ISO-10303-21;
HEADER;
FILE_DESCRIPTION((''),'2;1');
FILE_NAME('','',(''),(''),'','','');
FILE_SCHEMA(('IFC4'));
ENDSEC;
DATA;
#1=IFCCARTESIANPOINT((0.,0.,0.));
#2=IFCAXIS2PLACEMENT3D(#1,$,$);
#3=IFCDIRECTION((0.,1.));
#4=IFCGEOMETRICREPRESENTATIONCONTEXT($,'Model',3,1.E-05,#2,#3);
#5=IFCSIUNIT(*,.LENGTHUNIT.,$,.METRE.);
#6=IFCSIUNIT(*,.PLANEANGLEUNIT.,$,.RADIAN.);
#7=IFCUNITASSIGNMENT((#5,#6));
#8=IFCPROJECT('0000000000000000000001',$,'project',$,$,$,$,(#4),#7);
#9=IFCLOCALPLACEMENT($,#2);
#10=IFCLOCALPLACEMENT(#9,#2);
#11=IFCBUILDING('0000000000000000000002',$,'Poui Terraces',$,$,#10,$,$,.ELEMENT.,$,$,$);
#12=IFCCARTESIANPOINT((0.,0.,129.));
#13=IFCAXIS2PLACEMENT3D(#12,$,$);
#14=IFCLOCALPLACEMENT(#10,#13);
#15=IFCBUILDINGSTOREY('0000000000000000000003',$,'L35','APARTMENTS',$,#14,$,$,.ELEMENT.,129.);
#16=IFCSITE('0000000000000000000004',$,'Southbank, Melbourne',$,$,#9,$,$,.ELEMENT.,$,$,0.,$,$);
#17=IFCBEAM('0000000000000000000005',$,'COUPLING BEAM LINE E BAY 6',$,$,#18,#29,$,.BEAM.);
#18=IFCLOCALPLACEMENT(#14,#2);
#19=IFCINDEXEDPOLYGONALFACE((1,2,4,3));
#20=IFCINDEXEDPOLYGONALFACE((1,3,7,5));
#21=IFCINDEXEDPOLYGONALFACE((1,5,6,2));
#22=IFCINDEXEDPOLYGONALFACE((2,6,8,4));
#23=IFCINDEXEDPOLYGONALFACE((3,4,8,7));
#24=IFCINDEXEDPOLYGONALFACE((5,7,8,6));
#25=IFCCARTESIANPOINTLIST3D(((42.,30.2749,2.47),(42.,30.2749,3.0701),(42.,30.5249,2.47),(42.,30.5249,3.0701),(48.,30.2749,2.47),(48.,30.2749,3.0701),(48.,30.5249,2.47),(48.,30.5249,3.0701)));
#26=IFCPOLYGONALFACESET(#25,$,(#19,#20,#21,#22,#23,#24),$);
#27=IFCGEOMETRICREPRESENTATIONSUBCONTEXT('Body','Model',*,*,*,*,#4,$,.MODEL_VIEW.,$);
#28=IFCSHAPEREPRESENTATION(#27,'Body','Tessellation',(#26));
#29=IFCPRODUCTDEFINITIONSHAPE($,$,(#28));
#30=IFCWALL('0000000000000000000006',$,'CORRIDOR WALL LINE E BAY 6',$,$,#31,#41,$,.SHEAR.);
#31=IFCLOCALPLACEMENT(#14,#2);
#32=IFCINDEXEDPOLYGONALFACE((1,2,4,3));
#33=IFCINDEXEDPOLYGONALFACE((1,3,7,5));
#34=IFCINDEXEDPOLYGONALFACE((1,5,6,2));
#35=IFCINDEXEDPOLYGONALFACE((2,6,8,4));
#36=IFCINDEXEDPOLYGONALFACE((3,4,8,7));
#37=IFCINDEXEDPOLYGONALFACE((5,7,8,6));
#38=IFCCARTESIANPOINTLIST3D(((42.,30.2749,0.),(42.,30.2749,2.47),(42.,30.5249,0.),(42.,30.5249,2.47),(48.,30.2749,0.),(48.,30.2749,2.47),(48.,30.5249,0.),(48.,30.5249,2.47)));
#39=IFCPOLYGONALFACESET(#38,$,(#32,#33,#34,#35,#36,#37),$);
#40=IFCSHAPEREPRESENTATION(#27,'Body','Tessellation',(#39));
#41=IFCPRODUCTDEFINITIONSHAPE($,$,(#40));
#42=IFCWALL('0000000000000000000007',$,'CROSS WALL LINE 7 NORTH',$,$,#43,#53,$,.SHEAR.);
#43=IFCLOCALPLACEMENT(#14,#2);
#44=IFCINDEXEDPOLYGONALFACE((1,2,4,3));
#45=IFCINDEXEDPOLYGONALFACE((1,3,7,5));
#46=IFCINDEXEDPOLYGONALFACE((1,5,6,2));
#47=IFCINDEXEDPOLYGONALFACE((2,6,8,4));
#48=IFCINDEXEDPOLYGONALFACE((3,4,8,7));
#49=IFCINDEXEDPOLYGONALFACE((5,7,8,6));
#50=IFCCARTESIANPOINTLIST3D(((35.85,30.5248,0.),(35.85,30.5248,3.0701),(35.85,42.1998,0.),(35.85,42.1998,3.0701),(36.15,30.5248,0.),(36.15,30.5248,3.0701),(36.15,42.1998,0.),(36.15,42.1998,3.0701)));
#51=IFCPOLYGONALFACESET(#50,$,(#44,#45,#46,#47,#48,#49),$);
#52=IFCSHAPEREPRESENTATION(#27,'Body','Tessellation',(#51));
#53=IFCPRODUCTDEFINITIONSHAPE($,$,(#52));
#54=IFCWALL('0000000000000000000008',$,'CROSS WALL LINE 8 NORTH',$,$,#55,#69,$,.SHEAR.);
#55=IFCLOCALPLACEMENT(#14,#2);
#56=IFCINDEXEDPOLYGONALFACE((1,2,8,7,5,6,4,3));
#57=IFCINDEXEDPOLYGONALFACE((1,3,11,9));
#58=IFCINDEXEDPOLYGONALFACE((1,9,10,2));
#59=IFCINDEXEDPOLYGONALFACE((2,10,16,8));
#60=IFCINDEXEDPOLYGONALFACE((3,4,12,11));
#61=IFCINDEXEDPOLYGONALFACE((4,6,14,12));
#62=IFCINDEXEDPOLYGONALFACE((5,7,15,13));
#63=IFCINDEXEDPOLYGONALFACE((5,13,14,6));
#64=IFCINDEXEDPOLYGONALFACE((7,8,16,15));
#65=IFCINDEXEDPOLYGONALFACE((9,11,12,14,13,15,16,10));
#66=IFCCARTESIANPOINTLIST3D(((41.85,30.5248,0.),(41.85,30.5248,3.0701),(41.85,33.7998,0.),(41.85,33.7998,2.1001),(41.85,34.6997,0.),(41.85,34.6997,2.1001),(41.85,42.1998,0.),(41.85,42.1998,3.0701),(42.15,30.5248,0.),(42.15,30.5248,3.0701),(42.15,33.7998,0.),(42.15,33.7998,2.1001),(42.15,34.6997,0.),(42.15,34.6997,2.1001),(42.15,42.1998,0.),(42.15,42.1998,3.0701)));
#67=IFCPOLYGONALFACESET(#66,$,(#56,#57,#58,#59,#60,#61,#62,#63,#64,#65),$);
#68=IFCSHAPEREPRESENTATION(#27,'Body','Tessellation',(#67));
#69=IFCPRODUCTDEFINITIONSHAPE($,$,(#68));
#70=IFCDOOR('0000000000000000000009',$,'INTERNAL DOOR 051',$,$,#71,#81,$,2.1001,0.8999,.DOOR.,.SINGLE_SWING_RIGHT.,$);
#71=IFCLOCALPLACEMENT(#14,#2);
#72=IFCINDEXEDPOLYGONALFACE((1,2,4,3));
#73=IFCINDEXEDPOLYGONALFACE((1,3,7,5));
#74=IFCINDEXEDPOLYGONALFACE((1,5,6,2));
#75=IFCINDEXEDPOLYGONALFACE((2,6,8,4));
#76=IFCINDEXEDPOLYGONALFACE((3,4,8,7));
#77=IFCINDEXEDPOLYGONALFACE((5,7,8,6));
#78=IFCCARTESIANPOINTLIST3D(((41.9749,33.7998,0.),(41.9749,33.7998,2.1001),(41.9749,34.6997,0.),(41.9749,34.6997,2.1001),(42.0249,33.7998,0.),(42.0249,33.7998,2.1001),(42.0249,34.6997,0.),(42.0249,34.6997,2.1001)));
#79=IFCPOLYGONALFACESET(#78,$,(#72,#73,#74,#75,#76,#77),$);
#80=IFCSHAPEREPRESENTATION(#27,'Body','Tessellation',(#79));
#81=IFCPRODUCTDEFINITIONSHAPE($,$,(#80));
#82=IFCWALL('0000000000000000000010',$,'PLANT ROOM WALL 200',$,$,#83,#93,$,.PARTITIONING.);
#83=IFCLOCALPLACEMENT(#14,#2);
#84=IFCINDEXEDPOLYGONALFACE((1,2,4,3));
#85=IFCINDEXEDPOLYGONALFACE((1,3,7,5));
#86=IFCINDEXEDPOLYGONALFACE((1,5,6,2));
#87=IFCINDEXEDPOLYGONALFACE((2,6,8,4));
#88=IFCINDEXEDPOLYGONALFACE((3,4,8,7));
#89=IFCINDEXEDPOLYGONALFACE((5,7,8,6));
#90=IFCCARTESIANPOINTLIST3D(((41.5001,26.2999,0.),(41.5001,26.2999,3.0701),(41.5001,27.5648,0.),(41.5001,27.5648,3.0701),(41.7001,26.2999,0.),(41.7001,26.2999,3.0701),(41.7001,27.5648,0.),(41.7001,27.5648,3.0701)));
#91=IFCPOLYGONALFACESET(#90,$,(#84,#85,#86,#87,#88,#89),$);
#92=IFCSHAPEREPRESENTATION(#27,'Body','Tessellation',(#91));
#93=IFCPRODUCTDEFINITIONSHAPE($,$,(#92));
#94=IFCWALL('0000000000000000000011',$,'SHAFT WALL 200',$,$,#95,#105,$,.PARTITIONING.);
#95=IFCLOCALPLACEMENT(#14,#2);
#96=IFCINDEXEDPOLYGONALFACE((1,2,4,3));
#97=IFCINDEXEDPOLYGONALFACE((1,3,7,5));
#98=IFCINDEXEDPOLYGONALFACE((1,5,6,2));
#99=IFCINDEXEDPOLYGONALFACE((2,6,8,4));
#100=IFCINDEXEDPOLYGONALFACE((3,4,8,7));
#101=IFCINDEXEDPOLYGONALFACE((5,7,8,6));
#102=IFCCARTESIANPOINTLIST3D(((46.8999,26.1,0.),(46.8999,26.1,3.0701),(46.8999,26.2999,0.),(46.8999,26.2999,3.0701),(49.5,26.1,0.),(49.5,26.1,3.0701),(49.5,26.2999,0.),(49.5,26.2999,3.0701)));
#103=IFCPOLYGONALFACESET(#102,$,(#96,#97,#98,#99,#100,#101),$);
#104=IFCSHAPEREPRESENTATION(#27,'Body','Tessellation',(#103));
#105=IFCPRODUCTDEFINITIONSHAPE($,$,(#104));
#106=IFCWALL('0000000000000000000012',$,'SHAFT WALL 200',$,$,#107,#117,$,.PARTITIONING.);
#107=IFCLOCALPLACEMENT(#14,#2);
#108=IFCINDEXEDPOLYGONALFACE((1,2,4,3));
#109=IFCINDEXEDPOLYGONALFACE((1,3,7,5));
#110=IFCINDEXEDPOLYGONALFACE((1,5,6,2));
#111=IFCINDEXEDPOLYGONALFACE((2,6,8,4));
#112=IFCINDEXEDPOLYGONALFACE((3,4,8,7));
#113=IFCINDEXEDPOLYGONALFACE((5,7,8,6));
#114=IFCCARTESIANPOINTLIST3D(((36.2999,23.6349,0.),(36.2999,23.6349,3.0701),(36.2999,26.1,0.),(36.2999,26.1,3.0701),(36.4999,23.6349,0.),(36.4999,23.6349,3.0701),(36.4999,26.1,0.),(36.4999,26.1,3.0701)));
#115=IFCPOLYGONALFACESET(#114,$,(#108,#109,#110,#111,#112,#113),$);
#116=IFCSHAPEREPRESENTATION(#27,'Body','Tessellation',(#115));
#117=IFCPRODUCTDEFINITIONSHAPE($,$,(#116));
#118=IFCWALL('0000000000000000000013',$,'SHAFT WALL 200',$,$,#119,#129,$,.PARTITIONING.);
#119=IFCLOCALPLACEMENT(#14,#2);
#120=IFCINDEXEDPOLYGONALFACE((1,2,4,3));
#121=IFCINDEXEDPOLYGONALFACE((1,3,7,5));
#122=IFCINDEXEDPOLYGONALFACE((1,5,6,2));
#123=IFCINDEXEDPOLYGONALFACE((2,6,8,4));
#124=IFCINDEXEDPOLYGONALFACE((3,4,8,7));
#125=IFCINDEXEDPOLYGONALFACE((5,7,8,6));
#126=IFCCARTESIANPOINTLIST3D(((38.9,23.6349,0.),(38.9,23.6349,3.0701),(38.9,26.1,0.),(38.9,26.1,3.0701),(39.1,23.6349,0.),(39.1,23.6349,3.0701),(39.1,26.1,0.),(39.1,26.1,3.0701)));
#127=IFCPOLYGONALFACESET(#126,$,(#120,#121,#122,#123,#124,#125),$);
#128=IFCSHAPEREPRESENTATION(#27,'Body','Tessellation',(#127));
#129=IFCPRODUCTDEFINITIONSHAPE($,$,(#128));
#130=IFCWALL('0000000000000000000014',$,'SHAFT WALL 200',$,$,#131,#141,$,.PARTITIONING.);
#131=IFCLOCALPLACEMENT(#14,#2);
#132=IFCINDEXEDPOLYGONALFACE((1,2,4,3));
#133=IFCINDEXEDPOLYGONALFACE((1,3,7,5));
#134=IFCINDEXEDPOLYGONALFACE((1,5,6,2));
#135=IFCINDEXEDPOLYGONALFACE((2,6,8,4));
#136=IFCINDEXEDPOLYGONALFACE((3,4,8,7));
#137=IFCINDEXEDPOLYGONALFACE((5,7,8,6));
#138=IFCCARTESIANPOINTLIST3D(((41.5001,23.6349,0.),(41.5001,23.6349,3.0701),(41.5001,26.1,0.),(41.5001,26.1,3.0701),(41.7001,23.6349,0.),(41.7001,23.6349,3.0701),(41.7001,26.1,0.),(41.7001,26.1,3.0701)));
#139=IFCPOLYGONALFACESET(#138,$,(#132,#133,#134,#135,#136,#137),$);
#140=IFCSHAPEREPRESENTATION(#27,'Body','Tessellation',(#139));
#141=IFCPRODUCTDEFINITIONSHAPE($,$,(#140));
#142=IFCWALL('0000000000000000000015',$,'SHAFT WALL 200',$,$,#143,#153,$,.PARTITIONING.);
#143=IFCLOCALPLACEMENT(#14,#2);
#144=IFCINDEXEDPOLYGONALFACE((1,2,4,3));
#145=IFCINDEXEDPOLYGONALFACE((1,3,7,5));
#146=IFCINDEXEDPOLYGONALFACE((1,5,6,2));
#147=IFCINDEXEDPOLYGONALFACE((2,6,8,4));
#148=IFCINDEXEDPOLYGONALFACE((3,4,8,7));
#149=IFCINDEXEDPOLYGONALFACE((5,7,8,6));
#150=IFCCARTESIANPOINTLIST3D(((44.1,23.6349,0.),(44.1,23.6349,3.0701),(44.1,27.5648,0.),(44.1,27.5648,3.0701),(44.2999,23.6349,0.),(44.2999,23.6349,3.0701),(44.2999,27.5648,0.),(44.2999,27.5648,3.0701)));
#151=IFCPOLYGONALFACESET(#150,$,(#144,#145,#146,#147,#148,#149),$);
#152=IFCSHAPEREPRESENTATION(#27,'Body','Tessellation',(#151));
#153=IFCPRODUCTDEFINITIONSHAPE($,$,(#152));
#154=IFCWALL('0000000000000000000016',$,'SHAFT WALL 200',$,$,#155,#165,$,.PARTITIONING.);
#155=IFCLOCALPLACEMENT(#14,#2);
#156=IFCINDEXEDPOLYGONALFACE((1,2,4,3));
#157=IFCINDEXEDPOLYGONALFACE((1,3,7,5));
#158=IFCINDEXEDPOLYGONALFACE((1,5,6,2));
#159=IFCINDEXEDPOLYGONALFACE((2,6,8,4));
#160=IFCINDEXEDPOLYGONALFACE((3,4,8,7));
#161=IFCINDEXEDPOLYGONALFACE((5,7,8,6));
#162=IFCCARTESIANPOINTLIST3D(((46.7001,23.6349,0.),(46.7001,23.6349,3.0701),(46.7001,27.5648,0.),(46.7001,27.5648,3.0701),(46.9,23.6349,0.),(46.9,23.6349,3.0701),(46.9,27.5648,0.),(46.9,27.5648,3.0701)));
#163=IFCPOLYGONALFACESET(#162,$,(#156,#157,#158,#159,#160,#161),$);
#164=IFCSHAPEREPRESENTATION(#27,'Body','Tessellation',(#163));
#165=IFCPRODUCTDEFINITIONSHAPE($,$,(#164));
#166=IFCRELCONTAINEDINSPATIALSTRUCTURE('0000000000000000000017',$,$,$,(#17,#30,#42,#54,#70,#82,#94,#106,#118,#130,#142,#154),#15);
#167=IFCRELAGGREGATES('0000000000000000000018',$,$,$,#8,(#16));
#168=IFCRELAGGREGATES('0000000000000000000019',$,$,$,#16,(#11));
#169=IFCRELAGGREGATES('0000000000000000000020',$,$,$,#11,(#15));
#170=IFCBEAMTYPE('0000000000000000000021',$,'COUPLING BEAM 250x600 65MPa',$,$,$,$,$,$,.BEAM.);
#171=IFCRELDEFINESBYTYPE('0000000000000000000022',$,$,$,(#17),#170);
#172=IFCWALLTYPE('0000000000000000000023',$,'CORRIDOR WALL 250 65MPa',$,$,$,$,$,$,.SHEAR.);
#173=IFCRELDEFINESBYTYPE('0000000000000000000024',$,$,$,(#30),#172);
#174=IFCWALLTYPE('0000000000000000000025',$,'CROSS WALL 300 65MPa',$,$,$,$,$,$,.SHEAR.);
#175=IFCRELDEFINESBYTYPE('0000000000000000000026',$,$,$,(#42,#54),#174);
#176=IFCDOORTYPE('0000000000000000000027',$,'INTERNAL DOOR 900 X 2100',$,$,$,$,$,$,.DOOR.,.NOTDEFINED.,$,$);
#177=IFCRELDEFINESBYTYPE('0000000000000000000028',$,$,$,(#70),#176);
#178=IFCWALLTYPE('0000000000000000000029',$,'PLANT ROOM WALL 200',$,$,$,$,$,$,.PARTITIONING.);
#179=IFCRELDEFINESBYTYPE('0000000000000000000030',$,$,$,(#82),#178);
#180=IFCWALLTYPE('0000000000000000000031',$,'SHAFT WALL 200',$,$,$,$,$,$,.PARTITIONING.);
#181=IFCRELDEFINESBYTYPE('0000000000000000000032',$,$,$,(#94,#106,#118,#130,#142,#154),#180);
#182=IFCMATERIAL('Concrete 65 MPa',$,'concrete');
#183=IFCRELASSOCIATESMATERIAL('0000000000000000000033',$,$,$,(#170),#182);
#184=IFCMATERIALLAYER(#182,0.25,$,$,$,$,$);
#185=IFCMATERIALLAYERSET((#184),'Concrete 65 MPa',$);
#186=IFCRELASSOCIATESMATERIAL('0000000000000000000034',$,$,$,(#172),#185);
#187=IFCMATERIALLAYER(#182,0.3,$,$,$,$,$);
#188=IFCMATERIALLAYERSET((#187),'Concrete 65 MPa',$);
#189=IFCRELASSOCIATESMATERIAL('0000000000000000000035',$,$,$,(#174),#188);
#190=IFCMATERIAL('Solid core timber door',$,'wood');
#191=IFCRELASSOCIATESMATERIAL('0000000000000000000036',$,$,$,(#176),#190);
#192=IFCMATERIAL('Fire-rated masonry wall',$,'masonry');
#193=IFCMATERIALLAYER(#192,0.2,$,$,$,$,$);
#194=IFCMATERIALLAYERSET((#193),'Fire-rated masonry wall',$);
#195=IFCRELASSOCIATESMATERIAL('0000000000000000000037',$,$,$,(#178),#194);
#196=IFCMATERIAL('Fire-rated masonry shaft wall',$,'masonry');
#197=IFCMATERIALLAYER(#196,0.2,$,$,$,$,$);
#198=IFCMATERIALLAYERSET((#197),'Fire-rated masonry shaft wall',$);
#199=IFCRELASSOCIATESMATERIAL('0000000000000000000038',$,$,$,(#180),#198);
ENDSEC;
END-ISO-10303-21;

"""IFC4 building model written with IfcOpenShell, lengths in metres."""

from ifc_helpers import new_model, si_unit, direction, frame, frame_2d, origin, origin_2d, place, context, subcontext, project, spatial, rectangle, extrude, source, transform, mapped, material, layer, layer_set, material_profile, profile_set, type_object, element, fill, save


model = new_model("IFC4")

# Units and contexts
model_context = context("Model", 3, precision=1e-05, world=origin(), true_north=direction((0.0, 1.0)))
body_context = subcontext(model_context, "Body", "Model", "MODEL_VIEW")
ifc_project = project(units=[si_unit("LENGTHUNIT", "METRE"), si_unit("PLANEANGLEUNIT", "RADIAN")], contexts=[model_context])

# Site, building, storey
site_placement = place(None, origin())
site = spatial("IfcSite", under=ifc_project, at=site_placement, Name="Southbank, Melbourne", CompositionType="ELEMENT", RefElevation=0.0)
building_placement = place(site_placement, origin())
building = spatial("IfcBuilding", under=site, at=building_placement, Name="Poui Terraces", CompositionType="ELEMENT")
storey_placement = place(building_placement, frame((0.0, 0.0, 129.0)))
storey = spatial("IfcBuildingStorey", under=building, at=storey_placement, Name="L35", Description="APARTMENTS", CompositionType="ELEMENT", Elevation=129.0)

# Beam
ifc_material_1 = material(Name="Concrete 65 MPa", Category="concrete")
ifc_material_profile = material_profile(ifc_material_1, rectangle(XDim=0.25, YDim=0.6001, at=origin_2d()), Name="RC 250x600")
ifc_profile_set = profile_set([ifc_material_profile], Name="Concrete 65 MPa")
beam_type = type_object("IfcBeamType", Name="COUPLING BEAM 250x600 65MPa", PredefinedType="BEAM", material=ifc_profile_set)
shared_shape = source(origin(), body_context, "Body", "SweptSolid", [
    extrude(rectangle(XDim=0.25, YDim=0.6001, at=origin_2d()), origin(), (0.0, 0.0, 1.0), 6.0),
])
beam_placement = place(storey_placement, frame((42.0, 30.3999, 2.77), z_axis=(1.0, 0.0, 0.0), x_axis=(0.0, 1.0, 0.0)))
element("IfcBeam", 1, at=beam_placement, inside=storey, type_object=beam_type, Name="COUPLING BEAM LINE E BAY 6", PredefinedType="BEAM", context=body_context, shape_type="MappedRepresentation", body=[
    mapped(shared_shape, transform((0.0, 0.0, 0.0))),
])

# Walls
ifc_layer_1 = layer(ifc_material_1, 0.25)
ifc_layer_set_1 = layer_set([ifc_layer_1], Name="Concrete 65 MPa")
wall_type_1 = type_object("IfcWallType", Name="CORRIDOR WALL 250 65MPa", PredefinedType="SHEAR", material=ifc_layer_set_1)
wall_1_placement = place(storey_placement, frame((42.0, 30.3999, 0.0), z_axis=(0.0, 0.0, 1.0), x_axis=(1.0, 0.0, 0.0)))
element("IfcWall", 2, at=wall_1_placement, inside=storey, type_object=wall_type_1, Name="CORRIDOR WALL LINE E BAY 6", PredefinedType="SHEAR", context=body_context, shape_type="SweptSolid", body=[
    extrude(rectangle(XDim=6.0, YDim=0.25, at=frame_2d((3.0, 0.0))), origin(), (0.0, 0.0, 1.0), 2.47),
])
ifc_layer_2 = layer(ifc_material_1, 0.3)
ifc_layer_set_2 = layer_set([ifc_layer_2], Name="Concrete 65 MPa")
wall_type_2 = type_object("IfcWallType", Name="CROSS WALL 300 65MPa", PredefinedType="SHEAR", material=ifc_layer_set_2)
wall_2_placement = place(storey_placement, frame((36.0, 30.5249, 0.0), z_axis=(0.0, 0.0, 1.0), x_axis=(0.0, 1.0, 0.0)))
element("IfcWall", 3, at=wall_2_placement, inside=storey, type_object=wall_type_2, Name="CROSS WALL LINE 7 NORTH", PredefinedType="SHEAR", context=body_context, shape_type="SweptSolid", body=[
    extrude(rectangle(XDim=11.675, YDim=0.3, at=frame_2d((5.8374, 0.0))), origin(), (0.0, 0.0, 1.0), 3.0701),
])

# Wall, opening, door
wall_3_placement = place(storey_placement, frame((42.0, 30.5249, 0.0), z_axis=(0.0, 0.0, 1.0), x_axis=(0.0, 1.0, 0.0)))
wall_3 = element("IfcWall", 4, at=wall_3_placement, inside=storey, type_object=wall_type_2, Name="CROSS WALL LINE 8 NORTH", PredefinedType="SHEAR", context=body_context, shape_type="SweptSolid", body=[
    extrude(rectangle(XDim=11.675, YDim=0.3, at=frame_2d((5.8374, 0.0))), origin(), (0.0, 0.0, 1.0), 3.0701),
])
opening_placement = place(wall_3_placement, frame((3.2749, 0.0, 0.0)))
opening = element("IfcOpeningElement", 5, at=opening_placement, cuts=wall_3, PredefinedType="OPENING", context=body_context, shape_type="SweptSolid", body=[
    extrude(rectangle(XDim=0.8999, YDim=2.1001, at=frame_2d((0.45, 1.05))), frame((0.0, 0.1602, 0.0), z_axis=(0.0, -1.0, 0.0), x_axis=(1.0, 0.0, 0.0)), (0.0, 0.0, 1.0), 0.3201),
])
ifc_material_2 = material(Name="Solid core timber door", Category="wood")
door_type = type_object("IfcDoorType", Name="INTERNAL DOOR 900 X 2100", OperationType="NOTDEFINED", PredefinedType="DOOR", material=ifc_material_2)
door_placement = place(opening_placement, frame((0.8999, 0.0, 0.0), z_axis=(0.0, 0.0, 1.0), x_axis=(-1.0, 0.0, 0.0)))
door = element("IfcDoor", 6, at=door_placement, inside=storey, type_object=door_type, Name="INTERNAL DOOR 051", OperationType="SINGLE_SWING_RIGHT", OverallHeight=2.1001, OverallWidth=0.8999, PredefinedType="DOOR", context=body_context, shape_type="SweptSolid", body=[
    extrude(rectangle(XDim=0.8999, YDim=2.1001, at=frame_2d((0.45, 1.05))), frame((0.0, 0.0249, 0.0), z_axis=(0.0, -1.0, 0.0), x_axis=(1.0, 0.0, 0.0)), (0.0, 0.0, 1.0), 0.05),
])
fill(opening, door)

# Walls
ifc_material_3 = material(Name="Fire-rated masonry wall", Category="masonry")
ifc_layer_3 = layer(ifc_material_3, 0.2)
ifc_layer_set_3 = layer_set([ifc_layer_3], Name="Fire-rated masonry wall")
wall_type_3 = type_object("IfcWallType", Name="PLANT ROOM WALL 200", PredefinedType="PARTITIONING", material=ifc_layer_set_3)
wall_4_placement = place(storey_placement, frame((41.6001, 26.3, 0.0), z_axis=(0.0, 0.0, 1.0), x_axis=(0.0, 1.0, 0.0)))
element("IfcWall", 7, at=wall_4_placement, inside=storey, type_object=wall_type_3, Name="PLANT ROOM WALL 200", PredefinedType="PARTITIONING", context=body_context, shape_type="SweptSolid", body=[
    extrude(rectangle(XDim=1.2649, YDim=0.2, at=frame_2d((0.6323, 0.0))), origin(), (0.0, 0.0, 1.0), 3.0701),
])
ifc_material_4 = material(Name="Fire-rated masonry shaft wall", Category="masonry")
ifc_layer_4 = layer(ifc_material_4, 0.2)
ifc_layer_set_4 = layer_set([ifc_layer_4], Name="Fire-rated masonry shaft wall")
wall_type_4 = type_object("IfcWallType", Name="SHAFT WALL 200", PredefinedType="PARTITIONING", material=ifc_layer_set_4)
wall_5_placement = place(storey_placement, frame((46.8999, 26.2, 0.0), z_axis=(0.0, 0.0, 1.0), x_axis=(1.0, 0.0, 0.0)))
element("IfcWall", 8, at=wall_5_placement, inside=storey, type_object=wall_type_4, Name="SHAFT WALL 200", PredefinedType="PARTITIONING", context=body_context, shape_type="SweptSolid", body=[
    extrude(rectangle(XDim=2.6001, YDim=0.2, at=frame_2d((1.3, 0.0))), origin(), (0.0, 0.0, 1.0), 3.0701),
])
for number, where, z_axis, x_axis, name in (
    (9, (36.3999, 23.635, 0.0), (0.0, 0.0, 1.0), (0.0, 1.0, 0.0), "SHAFT WALL 200"),
    (10, (39.0, 23.635, 0.0), (0.0, 0.0, 1.0), (0.0, 1.0, 0.0), "SHAFT WALL 200"),
    (11, (41.6001, 23.635, 0.0), (0.0, 0.0, 1.0), (0.0, 1.0, 0.0), "SHAFT WALL 200"),
):
    element("IfcWall", number, at=place(storey_placement, frame(where, z_axis=z_axis, x_axis=x_axis)), inside=storey, type_object=wall_type_4, Name=name, PredefinedType="PARTITIONING", context=body_context, shape_type="SweptSolid", body=[
        extrude(rectangle(XDim=2.4651, YDim=0.2, at=frame_2d((1.2324, 0.0))), origin(), (0.0, 0.0, 1.0), 3.0701),
    ])
for number, where, z_axis, x_axis, name in (
    (12, (44.2, 23.635, 0.0), (0.0, 0.0, 1.0), (0.0, 1.0, 0.0), "SHAFT WALL 200"),
    (13, (46.8, 23.635, 0.0), (0.0, 0.0, 1.0), (0.0, 1.0, 0.0), "SHAFT WALL 200"),
):
    element("IfcWall", number, at=place(storey_placement, frame(where, z_axis=z_axis, x_axis=x_axis)), inside=storey, type_object=wall_type_4, Name=name, PredefinedType="PARTITIONING", context=body_context, shape_type="SweptSolid", body=[
        extrude(rectangle(XDim=3.9299, YDim=0.2, at=frame_2d((1.9648, 0.0))), origin(), (0.0, 0.0, 1.0), 3.0701),
    ])

save(model, "model.ifc")
